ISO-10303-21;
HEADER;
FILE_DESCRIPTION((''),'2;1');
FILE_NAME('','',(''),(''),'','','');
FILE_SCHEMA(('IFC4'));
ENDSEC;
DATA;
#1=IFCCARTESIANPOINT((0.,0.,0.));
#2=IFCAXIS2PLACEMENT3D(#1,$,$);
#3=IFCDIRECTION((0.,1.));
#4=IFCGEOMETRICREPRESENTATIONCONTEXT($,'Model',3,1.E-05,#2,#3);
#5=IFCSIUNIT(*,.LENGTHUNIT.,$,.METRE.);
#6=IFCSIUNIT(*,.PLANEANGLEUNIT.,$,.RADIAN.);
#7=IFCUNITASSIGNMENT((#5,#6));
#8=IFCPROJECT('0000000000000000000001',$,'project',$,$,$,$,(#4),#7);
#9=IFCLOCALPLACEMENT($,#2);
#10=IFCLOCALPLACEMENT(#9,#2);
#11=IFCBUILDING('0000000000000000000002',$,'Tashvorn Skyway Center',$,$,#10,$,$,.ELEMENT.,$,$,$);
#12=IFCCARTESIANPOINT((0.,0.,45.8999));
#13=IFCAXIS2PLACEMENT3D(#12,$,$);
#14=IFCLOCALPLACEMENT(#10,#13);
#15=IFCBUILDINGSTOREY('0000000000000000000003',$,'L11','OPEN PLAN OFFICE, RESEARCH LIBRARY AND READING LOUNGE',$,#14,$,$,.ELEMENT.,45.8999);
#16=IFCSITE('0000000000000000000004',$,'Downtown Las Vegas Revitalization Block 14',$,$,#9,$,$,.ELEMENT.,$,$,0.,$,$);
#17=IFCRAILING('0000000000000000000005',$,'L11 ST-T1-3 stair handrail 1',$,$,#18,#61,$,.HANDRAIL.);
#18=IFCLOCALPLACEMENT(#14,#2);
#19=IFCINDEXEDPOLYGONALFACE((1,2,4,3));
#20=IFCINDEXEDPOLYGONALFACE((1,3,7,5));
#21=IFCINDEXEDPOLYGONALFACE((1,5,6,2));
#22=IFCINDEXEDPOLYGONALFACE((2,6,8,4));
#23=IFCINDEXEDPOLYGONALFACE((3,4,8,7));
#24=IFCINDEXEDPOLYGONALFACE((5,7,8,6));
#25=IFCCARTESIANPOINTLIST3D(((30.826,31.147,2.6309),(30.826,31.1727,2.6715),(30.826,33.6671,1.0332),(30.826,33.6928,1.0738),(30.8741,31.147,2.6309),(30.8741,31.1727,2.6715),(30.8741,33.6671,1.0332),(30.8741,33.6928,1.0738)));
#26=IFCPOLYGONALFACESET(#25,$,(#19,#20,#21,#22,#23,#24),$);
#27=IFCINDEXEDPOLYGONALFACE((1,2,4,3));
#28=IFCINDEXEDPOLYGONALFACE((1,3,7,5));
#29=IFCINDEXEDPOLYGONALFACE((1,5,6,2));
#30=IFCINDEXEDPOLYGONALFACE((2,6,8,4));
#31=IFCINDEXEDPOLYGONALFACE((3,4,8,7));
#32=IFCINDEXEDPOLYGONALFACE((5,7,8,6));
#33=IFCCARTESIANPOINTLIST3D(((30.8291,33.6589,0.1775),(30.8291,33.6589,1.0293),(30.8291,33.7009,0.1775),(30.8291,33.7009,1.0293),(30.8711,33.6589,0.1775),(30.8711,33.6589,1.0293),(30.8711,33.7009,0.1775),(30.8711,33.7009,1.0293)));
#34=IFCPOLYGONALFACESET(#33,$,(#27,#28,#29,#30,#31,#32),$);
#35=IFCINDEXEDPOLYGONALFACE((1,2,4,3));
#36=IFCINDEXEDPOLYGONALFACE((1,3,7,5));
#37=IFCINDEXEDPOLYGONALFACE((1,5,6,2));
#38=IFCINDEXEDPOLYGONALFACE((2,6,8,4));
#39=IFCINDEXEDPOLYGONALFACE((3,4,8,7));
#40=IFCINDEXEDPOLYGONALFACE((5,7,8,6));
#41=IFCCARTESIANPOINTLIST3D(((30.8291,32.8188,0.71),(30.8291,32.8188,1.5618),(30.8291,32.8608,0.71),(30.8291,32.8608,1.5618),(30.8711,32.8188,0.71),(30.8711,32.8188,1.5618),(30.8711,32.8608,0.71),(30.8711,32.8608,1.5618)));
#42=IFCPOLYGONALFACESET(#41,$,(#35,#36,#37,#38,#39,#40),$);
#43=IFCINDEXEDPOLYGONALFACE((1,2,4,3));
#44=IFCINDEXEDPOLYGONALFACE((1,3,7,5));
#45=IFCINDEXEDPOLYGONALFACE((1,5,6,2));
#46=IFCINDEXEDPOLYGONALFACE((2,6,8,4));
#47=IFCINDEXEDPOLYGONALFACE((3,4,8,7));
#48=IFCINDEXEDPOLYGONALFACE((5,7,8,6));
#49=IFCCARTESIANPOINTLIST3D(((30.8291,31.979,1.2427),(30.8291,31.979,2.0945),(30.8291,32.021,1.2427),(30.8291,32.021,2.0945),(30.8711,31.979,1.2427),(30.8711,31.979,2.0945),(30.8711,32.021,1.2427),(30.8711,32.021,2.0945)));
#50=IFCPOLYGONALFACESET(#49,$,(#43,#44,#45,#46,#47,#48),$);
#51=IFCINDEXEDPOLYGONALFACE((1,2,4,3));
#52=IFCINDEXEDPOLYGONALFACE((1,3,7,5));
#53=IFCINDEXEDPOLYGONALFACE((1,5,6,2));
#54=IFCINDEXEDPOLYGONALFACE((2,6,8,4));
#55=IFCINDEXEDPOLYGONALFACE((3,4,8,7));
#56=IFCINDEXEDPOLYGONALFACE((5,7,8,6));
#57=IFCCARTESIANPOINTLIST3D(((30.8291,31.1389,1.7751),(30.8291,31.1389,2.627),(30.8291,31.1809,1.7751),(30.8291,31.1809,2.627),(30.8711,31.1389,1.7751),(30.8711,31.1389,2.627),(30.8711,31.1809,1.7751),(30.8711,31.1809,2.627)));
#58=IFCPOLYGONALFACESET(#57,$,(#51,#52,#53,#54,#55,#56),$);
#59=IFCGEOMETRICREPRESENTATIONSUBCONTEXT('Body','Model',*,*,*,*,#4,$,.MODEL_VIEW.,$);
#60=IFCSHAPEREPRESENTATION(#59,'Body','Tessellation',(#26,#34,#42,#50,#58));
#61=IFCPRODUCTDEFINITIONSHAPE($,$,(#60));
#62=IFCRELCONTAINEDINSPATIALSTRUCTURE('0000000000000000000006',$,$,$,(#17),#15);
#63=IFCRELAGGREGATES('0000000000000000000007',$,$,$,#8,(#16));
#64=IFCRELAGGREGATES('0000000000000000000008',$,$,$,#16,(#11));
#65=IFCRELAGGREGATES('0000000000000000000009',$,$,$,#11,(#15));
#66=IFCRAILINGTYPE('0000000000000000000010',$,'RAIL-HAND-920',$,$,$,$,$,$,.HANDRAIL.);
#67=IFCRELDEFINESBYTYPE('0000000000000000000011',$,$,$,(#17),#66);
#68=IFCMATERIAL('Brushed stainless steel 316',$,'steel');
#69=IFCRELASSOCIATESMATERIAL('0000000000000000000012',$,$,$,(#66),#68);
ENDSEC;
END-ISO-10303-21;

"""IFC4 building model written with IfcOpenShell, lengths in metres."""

from ifc_helpers import new_model, si_unit, direction, frame, origin, origin_2d, place, context, subcontext, project, spatial, rectangle, extrude, material, type_object, element, save


model = new_model("IFC4")

# Units and contexts
model_context = context("Model", 3, precision=1e-05, world=origin(), true_north=direction((0.0, 1.0)))
body_context = subcontext(model_context, "Body", "Model", "MODEL_VIEW")
ifc_project = project(units=[si_unit("LENGTHUNIT", "METRE"), si_unit("PLANEANGLEUNIT", "RADIAN")], contexts=[model_context])

# Site, building, storey
site_placement = place(None, origin())
site = spatial("IfcSite", under=ifc_project, at=site_placement, Name="Downtown Las Vegas Revitalization Block 14", CompositionType="ELEMENT", RefElevation=0.0)
building_placement = place(site_placement, origin())
building = spatial("IfcBuilding", under=site, at=building_placement, Name="Tashvorn Skyway Center", CompositionType="ELEMENT")
storey_placement = place(building_placement, frame((0.0, 0.0, 45.8999)))
storey = spatial("IfcBuildingStorey", under=building, at=storey_placement, Name="L11", Description="OPEN PLAN OFFICE, RESEARCH LIBRARY AND READING LOUNGE", CompositionType="ELEMENT", Elevation=45.8999)

# Railing
ifc_material_1 = material(Name="Brushed stainless steel 316", Category="steel")
railing_type_1 = type_object("IfcRailingType", Name="RAIL-HAND-920", PredefinedType="HANDRAIL", material=ifc_material_1)
railing_1_placement = place(storey_placement, frame((30.8501, 33.6799, 0.1775)))
element("IfcRailing", 1, at=railing_1_placement, inside=storey, type_object=railing_type_1, Name="L11 ST-T1-3 stair handrail 1", PredefinedType="HANDRAIL", context=body_context, shape_type="SweptSolid", body=[
    extrude(rectangle(XDim=0.0481, YDim=0.0481, at=origin_2d()), frame((0.0, 0.0, 0.876), z_axis=(0.0, -0.84457, 0.535445), x_axis=(1.0, 0.0, 0.0)), (0.0, 0.0, 1.0), 2.9839),
    extrude(rectangle(XDim=0.042, YDim=0.042, at=origin_2d()), origin(), (0.0, 0.0, 1.0), 0.8518),
    extrude(rectangle(XDim=0.042, YDim=0.042, at=origin_2d()), frame((0.0, -0.8401, 0.5325)), (0.0, 0.0, 1.0), 0.8518),
    extrude(rectangle(XDim=0.042, YDim=0.042, at=origin_2d()), frame((0.0, -1.6799, 1.0652)), (0.0, 0.0, 1.0), 0.8518),
    extrude(rectangle(XDim=0.042, YDim=0.042, at=origin_2d()), frame((0.0, -2.52, 1.5977)), (0.0, 0.0, 1.0), 0.8518),
])

save(model, "model.ifc")
